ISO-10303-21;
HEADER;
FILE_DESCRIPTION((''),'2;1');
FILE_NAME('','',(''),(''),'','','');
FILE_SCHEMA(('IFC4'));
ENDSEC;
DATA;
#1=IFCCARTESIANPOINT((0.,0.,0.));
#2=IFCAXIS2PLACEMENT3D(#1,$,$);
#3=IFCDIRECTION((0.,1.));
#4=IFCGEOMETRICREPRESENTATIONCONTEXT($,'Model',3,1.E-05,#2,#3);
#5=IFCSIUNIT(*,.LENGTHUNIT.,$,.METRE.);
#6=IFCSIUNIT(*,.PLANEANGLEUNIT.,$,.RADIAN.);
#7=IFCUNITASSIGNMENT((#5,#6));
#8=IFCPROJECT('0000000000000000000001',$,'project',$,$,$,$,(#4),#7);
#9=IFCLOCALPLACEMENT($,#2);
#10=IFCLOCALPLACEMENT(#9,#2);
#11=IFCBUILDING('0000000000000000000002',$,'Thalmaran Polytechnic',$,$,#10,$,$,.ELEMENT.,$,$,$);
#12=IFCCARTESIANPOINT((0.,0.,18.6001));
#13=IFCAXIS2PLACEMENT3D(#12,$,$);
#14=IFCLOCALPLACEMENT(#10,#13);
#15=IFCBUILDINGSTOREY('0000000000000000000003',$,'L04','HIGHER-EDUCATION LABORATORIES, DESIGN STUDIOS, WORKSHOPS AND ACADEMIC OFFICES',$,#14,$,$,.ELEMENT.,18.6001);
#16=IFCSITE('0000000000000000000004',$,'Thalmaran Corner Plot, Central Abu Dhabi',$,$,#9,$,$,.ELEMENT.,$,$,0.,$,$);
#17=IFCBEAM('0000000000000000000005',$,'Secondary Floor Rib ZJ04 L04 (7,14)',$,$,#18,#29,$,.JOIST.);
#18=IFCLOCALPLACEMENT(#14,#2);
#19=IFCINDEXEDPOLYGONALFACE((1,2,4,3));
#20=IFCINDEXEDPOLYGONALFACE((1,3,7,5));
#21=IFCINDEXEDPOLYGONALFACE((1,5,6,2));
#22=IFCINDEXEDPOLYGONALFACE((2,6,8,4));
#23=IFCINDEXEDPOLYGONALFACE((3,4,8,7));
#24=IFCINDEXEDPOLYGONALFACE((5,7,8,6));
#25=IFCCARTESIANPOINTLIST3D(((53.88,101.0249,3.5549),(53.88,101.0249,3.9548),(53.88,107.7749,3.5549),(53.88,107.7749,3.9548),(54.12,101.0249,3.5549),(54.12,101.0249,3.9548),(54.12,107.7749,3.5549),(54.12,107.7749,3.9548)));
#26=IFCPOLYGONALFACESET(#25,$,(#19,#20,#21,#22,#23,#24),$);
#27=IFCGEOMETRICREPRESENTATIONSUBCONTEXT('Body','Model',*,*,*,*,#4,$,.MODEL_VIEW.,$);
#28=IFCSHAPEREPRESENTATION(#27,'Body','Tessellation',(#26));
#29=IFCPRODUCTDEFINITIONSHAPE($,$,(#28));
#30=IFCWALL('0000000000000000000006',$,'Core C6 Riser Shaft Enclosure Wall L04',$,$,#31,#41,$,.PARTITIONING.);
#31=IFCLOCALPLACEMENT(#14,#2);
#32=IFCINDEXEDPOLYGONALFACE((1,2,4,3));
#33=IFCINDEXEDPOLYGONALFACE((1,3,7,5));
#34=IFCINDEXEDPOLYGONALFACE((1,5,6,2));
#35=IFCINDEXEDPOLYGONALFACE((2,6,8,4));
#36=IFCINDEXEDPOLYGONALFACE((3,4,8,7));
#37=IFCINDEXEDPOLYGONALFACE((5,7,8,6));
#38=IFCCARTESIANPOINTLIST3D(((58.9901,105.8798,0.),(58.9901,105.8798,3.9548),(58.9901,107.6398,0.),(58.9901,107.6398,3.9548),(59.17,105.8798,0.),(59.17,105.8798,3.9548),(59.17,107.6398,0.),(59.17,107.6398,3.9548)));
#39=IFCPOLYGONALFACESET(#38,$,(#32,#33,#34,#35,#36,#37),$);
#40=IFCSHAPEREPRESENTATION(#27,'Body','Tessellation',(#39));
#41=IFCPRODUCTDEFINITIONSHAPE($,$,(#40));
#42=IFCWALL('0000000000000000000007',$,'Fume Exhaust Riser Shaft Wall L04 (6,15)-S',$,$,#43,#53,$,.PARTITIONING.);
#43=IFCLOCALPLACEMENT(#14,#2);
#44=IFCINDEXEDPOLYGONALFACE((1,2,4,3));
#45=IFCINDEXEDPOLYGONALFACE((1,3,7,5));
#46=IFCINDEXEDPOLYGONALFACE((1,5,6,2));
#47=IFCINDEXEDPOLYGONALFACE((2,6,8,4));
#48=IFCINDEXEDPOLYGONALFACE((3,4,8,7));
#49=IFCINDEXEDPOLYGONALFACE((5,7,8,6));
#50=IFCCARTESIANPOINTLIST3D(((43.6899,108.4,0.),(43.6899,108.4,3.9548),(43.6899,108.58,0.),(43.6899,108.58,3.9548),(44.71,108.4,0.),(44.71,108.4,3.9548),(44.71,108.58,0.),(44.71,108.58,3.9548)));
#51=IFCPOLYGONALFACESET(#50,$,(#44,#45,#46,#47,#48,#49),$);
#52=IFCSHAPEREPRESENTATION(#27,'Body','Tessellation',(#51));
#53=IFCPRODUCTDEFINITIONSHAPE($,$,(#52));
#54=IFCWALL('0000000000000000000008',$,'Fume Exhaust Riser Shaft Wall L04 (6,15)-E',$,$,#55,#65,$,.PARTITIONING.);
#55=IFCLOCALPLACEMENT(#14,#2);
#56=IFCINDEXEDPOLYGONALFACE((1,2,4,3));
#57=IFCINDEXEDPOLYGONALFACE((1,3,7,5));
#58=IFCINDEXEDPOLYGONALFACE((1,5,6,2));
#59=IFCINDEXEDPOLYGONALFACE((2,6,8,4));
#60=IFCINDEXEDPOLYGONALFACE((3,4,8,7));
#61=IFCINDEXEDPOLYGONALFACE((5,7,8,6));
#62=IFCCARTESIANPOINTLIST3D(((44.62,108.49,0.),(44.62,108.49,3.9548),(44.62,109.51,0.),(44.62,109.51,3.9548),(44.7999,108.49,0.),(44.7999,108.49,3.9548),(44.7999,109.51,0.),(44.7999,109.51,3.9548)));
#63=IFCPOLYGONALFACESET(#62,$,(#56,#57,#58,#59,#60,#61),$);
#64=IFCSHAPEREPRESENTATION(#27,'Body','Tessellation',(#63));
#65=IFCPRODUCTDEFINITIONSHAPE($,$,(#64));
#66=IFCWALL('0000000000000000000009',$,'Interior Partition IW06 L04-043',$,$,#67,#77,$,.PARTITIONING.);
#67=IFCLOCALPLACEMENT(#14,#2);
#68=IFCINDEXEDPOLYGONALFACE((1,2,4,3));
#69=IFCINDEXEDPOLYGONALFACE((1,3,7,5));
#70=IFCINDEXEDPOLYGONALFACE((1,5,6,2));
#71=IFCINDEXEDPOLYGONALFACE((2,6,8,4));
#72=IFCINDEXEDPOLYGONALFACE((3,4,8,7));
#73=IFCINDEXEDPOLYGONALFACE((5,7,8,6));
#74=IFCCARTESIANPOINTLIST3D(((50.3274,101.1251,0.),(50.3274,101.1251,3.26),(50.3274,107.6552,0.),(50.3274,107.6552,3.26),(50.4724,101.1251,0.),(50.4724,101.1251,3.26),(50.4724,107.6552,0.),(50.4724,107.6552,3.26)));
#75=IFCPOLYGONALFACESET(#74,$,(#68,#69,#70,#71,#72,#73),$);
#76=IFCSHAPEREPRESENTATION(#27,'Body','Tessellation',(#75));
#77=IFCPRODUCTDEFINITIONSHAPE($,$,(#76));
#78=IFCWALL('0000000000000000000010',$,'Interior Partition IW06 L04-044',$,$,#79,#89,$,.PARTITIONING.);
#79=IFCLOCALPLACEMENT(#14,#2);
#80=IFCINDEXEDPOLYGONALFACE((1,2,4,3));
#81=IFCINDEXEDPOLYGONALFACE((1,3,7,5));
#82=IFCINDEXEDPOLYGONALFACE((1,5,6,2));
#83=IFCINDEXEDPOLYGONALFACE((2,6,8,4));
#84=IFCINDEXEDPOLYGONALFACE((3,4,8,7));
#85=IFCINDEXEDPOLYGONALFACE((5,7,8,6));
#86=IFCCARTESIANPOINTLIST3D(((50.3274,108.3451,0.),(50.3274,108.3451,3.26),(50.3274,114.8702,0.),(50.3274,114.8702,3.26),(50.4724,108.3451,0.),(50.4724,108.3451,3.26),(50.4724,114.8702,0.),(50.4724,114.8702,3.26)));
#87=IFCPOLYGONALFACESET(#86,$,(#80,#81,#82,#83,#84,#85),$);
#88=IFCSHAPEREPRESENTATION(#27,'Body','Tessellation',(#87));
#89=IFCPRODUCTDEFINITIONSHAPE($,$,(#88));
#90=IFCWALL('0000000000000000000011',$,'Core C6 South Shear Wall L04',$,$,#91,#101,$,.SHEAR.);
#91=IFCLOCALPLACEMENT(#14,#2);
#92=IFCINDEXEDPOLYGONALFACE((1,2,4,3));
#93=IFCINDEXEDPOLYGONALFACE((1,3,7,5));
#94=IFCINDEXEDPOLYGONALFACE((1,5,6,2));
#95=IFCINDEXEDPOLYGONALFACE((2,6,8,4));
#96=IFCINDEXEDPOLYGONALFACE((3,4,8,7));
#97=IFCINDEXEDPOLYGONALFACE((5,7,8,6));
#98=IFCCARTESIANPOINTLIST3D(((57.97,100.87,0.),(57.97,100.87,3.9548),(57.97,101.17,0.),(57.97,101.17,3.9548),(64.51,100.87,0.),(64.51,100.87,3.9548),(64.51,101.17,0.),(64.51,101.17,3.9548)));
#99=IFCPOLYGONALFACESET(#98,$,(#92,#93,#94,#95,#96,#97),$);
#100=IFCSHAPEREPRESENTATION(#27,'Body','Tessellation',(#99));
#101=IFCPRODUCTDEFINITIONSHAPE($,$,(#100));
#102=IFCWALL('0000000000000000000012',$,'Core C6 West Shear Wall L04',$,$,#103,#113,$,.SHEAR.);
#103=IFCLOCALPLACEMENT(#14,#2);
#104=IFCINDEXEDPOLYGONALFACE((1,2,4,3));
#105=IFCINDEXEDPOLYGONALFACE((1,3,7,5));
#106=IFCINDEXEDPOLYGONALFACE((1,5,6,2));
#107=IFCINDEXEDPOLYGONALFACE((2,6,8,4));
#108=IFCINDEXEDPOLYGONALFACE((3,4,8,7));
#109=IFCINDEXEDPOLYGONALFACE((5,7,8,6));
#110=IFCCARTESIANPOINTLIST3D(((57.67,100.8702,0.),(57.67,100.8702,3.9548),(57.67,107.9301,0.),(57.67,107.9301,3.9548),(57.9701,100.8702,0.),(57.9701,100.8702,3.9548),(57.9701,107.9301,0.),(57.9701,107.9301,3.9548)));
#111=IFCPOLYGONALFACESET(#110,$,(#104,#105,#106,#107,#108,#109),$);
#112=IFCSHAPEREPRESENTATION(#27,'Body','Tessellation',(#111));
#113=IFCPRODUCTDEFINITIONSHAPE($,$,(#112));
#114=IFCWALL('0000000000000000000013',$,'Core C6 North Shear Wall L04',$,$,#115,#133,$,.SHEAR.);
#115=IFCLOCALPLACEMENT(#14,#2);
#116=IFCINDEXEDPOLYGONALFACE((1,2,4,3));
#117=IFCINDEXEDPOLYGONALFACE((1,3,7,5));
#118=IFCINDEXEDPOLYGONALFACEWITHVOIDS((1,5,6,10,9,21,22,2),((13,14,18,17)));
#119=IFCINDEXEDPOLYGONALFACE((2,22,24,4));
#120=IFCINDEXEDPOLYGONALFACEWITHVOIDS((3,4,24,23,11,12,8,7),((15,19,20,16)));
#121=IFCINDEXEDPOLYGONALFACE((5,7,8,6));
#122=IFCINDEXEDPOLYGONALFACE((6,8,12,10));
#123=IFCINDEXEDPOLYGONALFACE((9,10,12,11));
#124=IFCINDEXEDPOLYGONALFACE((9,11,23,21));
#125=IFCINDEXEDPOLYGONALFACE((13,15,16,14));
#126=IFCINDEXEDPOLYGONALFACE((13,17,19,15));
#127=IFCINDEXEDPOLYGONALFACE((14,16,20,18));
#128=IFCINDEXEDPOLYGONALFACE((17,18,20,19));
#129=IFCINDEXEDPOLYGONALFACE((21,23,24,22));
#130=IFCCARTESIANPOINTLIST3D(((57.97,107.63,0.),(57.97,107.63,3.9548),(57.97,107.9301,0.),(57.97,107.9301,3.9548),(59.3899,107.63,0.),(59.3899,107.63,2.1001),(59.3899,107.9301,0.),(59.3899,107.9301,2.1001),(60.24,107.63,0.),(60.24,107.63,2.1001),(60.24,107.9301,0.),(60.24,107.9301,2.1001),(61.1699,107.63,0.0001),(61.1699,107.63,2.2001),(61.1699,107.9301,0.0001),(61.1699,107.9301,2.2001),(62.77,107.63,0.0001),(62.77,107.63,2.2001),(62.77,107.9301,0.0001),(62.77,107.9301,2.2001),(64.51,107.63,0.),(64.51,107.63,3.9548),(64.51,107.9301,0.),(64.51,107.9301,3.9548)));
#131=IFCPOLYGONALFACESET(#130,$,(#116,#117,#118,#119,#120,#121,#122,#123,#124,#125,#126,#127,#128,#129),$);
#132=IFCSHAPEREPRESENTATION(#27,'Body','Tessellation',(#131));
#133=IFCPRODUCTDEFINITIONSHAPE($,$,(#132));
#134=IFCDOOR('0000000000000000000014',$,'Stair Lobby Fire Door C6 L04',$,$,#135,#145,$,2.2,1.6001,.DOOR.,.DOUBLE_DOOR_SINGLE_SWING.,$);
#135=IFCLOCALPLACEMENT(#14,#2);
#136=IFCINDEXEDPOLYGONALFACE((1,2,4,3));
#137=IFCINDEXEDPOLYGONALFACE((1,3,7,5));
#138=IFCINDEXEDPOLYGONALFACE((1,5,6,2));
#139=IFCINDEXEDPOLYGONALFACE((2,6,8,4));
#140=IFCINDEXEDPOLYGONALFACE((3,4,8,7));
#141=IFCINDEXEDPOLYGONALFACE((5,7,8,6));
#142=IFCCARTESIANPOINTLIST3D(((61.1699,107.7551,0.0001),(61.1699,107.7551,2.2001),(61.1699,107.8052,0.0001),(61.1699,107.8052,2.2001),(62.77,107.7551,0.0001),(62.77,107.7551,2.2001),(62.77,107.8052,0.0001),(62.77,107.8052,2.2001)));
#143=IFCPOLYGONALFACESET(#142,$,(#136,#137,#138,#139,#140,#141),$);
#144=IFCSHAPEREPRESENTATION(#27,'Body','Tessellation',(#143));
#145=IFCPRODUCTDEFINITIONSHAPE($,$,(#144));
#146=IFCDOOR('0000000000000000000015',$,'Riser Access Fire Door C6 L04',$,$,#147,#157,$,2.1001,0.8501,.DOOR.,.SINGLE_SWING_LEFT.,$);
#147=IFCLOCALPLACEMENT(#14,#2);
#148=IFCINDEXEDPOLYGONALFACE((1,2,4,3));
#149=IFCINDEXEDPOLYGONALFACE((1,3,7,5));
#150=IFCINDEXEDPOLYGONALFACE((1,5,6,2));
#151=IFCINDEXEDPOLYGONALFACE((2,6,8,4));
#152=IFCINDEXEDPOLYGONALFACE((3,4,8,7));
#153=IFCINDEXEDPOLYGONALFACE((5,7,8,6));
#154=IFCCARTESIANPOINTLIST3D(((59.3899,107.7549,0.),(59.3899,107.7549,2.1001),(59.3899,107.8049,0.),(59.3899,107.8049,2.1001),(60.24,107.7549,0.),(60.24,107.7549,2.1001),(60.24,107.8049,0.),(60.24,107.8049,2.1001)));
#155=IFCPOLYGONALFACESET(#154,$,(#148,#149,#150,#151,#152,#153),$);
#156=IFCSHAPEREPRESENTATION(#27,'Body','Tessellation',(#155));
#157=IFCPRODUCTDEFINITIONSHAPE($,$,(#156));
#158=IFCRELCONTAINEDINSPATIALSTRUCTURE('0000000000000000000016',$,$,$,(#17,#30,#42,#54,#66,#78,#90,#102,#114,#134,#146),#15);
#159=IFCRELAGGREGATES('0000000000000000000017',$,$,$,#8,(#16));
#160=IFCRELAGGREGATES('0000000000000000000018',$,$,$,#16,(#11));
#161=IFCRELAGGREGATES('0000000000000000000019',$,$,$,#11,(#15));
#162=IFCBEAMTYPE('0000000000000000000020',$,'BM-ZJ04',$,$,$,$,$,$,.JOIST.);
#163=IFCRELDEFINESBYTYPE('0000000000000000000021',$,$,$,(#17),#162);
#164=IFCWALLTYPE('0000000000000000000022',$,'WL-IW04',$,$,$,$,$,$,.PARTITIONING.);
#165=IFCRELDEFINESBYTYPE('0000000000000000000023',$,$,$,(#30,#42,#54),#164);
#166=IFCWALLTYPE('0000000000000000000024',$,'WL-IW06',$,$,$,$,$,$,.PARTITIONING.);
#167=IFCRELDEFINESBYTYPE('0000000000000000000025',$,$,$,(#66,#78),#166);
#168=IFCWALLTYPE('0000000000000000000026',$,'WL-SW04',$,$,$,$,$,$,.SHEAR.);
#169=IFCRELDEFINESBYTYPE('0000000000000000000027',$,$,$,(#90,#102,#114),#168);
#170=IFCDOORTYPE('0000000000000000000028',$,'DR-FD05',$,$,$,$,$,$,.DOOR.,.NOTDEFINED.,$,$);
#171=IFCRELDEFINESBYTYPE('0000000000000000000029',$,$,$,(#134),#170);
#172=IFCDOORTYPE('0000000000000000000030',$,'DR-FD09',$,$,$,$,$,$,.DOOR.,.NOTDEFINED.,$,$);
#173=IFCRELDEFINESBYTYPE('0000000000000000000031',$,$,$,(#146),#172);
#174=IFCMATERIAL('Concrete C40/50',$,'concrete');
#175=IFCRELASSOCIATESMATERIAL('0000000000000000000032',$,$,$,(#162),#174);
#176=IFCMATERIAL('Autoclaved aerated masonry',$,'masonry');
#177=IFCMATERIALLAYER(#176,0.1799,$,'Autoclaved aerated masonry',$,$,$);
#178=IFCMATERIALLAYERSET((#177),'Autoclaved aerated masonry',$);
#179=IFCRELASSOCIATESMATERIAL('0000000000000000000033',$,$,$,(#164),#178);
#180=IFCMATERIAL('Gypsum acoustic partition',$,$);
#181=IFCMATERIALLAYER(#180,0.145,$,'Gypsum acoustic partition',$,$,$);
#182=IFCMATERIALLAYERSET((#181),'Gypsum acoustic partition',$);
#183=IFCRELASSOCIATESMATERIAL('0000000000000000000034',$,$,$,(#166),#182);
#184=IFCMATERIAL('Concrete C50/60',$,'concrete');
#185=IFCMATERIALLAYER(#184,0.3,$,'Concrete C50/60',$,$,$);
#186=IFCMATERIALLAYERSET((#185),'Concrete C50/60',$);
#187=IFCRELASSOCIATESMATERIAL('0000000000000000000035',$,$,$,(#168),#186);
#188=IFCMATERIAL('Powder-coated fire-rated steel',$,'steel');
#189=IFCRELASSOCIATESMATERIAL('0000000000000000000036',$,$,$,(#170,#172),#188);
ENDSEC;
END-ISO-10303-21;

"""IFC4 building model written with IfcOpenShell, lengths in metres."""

from ifc_helpers import new_model, si_unit, direction, frame, frame_2d, origin, origin_2d, place, context, subcontext, project, spatial, rectangle, extrude, material, layer, layer_set, material_profile, profile_set, type_object, element, fill, save


model = new_model("IFC4")

# Units and contexts
model_context = context("Model", 3, precision=1e-05, world=origin(), true_north=direction((0.0, 1.0)))
body_context = subcontext(model_context, "Body", "Model", "MODEL_VIEW")
ifc_project = project(units=[si_unit("LENGTHUNIT", "METRE"), si_unit("PLANEANGLEUNIT", "RADIAN")], contexts=[model_context])

# Site, building, storey
site_placement = place(None, origin())
site = spatial("IfcSite", under=ifc_project, at=site_placement, Name="Thalmaran Corner Plot, Central Abu Dhabi", CompositionType="ELEMENT", RefElevation=0.0)
building_placement = place(site_placement, origin())
building = spatial("IfcBuilding", under=site, at=building_placement, Name="Thalmaran Polytechnic", CompositionType="ELEMENT")
storey_placement = place(building_placement, frame((0.0, 0.0, 18.6001)))
storey = spatial("IfcBuildingStorey", under=building, at=storey_placement, Name="L04", Description="HIGHER-EDUCATION LABORATORIES, DESIGN STUDIOS, WORKSHOPS AND ACADEMIC OFFICES", CompositionType="ELEMENT", Elevation=18.6001)

# Shared definitions
ifc_material_1 = material(Name="Concrete C40/50", Category="concrete")

# Beam
ifc_material_profile_1 = material_profile(ifc_material_1, rectangle(XDim=0.24, YDim=0.3999, at=origin_2d()), Name="RC 240x400")
ifc_profile_set_1 = profile_set([ifc_material_profile_1], Name="Concrete C40/50")
beam_type_1 = type_object("IfcBeamType", Name="BM-ZJ04", PredefinedType="JOIST", material=ifc_profile_set_1)
beam_1_placement = place(storey_placement, frame((54.0, 101.0249, 3.7549), z_axis=(0.0, 1.0, 0.0), x_axis=(-1.0, 0.0, 0.0)))
element("IfcBeam", 1, at=beam_1_placement, inside=storey, type_object=beam_type_1, Name="Secondary Floor Rib ZJ04 L04 (7,14)", PredefinedType="JOIST", context=body_context, shape_type="SweptSolid", body=[
    extrude(rectangle(XDim=0.24, YDim=0.3999, at=origin_2d()), origin(), (0.0, 0.0, 1.0), 6.75),
])

# Walls
ifc_material_2 = material(Name="Autoclaved aerated masonry", Category="masonry")
ifc_layer_1 = layer(ifc_material_2, 0.1799, Name="Autoclaved aerated masonry")
ifc_layer_set_1 = layer_set([ifc_layer_1], Name="Autoclaved aerated masonry")
wall_type_1 = type_object("IfcWallType", Name="WL-IW04", PredefinedType="PARTITIONING", material=ifc_layer_set_1)
wall_1_placement = place(storey_placement, frame((59.0801, 105.8799, 0.0), z_axis=(0.0, 0.0, 1.0), x_axis=(0.0, 1.0, 0.0)))
element("IfcWall", 2, at=wall_1_placement, inside=storey, type_object=wall_type_1, Name="Core C6 Riser Shaft Enclosure Wall L04", PredefinedType="PARTITIONING", context=body_context, shape_type="SweptSolid", body=[
    extrude(rectangle(XDim=1.76, YDim=0.1799, at=frame_2d((0.8799, 0.0))), origin(), (0.0, 0.0, 1.0), 3.9548),
])
for number, where, z_axis, x_axis, name in (
    (3, (43.6899, 108.49, 0.0), (0.0, 0.0, 1.0), (1.0, 0.0, 0.0), "Fume Exhaust Riser Shaft Wall L04 (6,15)-S"),
    (4, (44.71, 108.49, 0.0), (0.0, 0.0, 1.0), (0.0, 1.0, 0.0), "Fume Exhaust Riser Shaft Wall L04 (6,15)-E"),
):
    element("IfcWall", number, at=place(storey_placement, frame(where, z_axis=z_axis, x_axis=x_axis)), inside=storey, type_object=wall_type_1, Name=name, PredefinedType="PARTITIONING", context=body_context, shape_type="SweptSolid", body=[
        extrude(rectangle(XDim=1.02, YDim=0.1799, at=frame_2d((0.51, 0.0))), origin(), (0.0, 0.0, 1.0), 3.9548),
    ])
ifc_material_3 = material(Name="Gypsum acoustic partition")
ifc_layer_2 = layer(ifc_material_3, 0.145, Name="Gypsum acoustic partition")
ifc_layer_set_2 = layer_set([ifc_layer_2], Name="Gypsum acoustic partition")
wall_type_2 = type_object("IfcWallType", Name="WL-IW06", PredefinedType="PARTITIONING", material=ifc_layer_set_2)
wall_2_placement = place(storey_placement, frame((50.3999, 101.125, 0.0), z_axis=(0.0, 0.0, 1.0), x_axis=(0.0, 1.0, 0.0)))
element("IfcWall", 5, at=wall_2_placement, inside=storey, type_object=wall_type_2, Name="Interior Partition IW06 L04-043", PredefinedType="PARTITIONING", context=body_context, shape_type="SweptSolid", body=[
    extrude(rectangle(XDim=6.53, YDim=0.145, at=frame_2d((3.2651, 0.0))), origin(), (0.0, 0.0, 1.0), 3.26),
])
wall_3_placement = place(storey_placement, frame((50.3999, 108.345, 0.0), z_axis=(0.0, 0.0, 1.0), x_axis=(0.0, 1.0, 0.0)))
element("IfcWall", 6, at=wall_3_placement, inside=storey, type_object=wall_type_2, Name="Interior Partition IW06 L04-044", PredefinedType="PARTITIONING", context=body_context, shape_type="SweptSolid", body=[
    extrude(rectangle(XDim=6.5251, YDim=0.145, at=frame_2d((3.2627, 0.0))), origin(), (0.0, 0.0, 1.0), 3.26),
])
ifc_material_4 = material(Name="Concrete C50/60", Category="concrete")
ifc_layer_3 = layer(ifc_material_4, 0.3, Name="Concrete C50/60")
ifc_layer_set_3 = layer_set([ifc_layer_3], Name="Concrete C50/60")
wall_type_3 = type_object("IfcWallType", Name="WL-SW04", PredefinedType="SHEAR", material=ifc_layer_set_3)
wall_4_placement = place(storey_placement, frame((57.97, 101.02, 0.0), z_axis=(0.0, 0.0, 1.0), x_axis=(1.0, 0.0, 0.0)))
element("IfcWall", 7, at=wall_4_placement, inside=storey, type_object=wall_type_3, Name="Core C6 South Shear Wall L04", PredefinedType="SHEAR", context=body_context, shape_type="SweptSolid", body=[
    extrude(rectangle(XDim=6.54, YDim=0.3, at=frame_2d((3.27, 0.0))), origin(), (0.0, 0.0, 1.0), 3.9548),
])
wall_5_placement = place(storey_placement, frame((57.8201, 107.9299, 0.0), z_axis=(0.0, 0.0, 1.0), x_axis=(0.0, -1.0, 0.0)))
element("IfcWall", 8, at=wall_5_placement, inside=storey, type_object=wall_type_3, Name="Core C6 West Shear Wall L04", PredefinedType="SHEAR", context=body_context, shape_type="SweptSolid", body=[
    extrude(rectangle(XDim=7.0598, YDim=0.3, at=frame_2d((3.5298, 0.0))), origin(), (0.0, 0.0, 1.0), 3.9548),
])

# Wall, openings, doors
wall_6_placement = place(storey_placement, frame((57.97, 107.78, 0.0), z_axis=(0.0, 0.0, 1.0), x_axis=(1.0, 0.0, 0.0)))
wall_6 = element("IfcWall", 9, at=wall_6_placement, inside=storey, type_object=wall_type_3, Name="Core C6 North Shear Wall L04", PredefinedType="SHEAR", context=body_context, shape_type="SweptSolid", body=[
    extrude(rectangle(XDim=6.54, YDim=0.3, at=frame_2d((3.27, 0.0))), origin(), (0.0, 0.0, 1.0), 3.9548),
])
opening_1_placement = place(wall_6_placement, frame((1.4199, 0.0, 0.0)))
opening_1 = element("IfcOpeningElement", 10, at=opening_1_placement, cuts=wall_6, PredefinedType="OPENING", context=body_context, shape_type="SweptSolid", body=[
    extrude(rectangle(XDim=0.8501, YDim=2.1001, at=frame_2d((0.425, 1.05))), frame((0.0, 0.1599, 0.0), z_axis=(0.0, -1.0, 0.0), x_axis=(1.0, 0.0, 0.0)), (0.0, 0.0, 1.0), 0.3201),
])
opening_2_placement = place(wall_6_placement, frame((3.2, 0.0, 0.0)))
opening_2 = element("IfcOpeningElement", 11, at=opening_2_placement, cuts=wall_6, PredefinedType="OPENING", context=body_context, shape_type="SweptSolid", body=[
    extrude(rectangle(XDim=1.6001, YDim=2.2, at=frame_2d((0.8, 1.1001))), frame((0.0, 0.1599, 0.0), z_axis=(0.0, -1.0, 0.0), x_axis=(1.0, 0.0, 0.0)), (0.0, 0.0, 1.0), 0.3201),
])
ifc_material_5 = material(Name="Powder-coated fire-rated steel", Category="steel")
door_type_1 = type_object("IfcDoorType", Name="DR-FD05", OperationType="NOTDEFINED", PredefinedType="DOOR", material=ifc_material_5)
door_1_placement = place(opening_2_placement, frame((1.6001, 0.0, 0.0), z_axis=(0.0, 0.0, 1.0), x_axis=(-1.0, 0.0, 0.0)))
door_1 = element("IfcDoor", 12, at=door_1_placement, inside=storey, type_object=door_type_1, Name="Stair Lobby Fire Door C6 L04", OperationType="DOUBLE_DOOR_SINGLE_SWING", OverallHeight=2.2, OverallWidth=1.6001, PredefinedType="DOOR", context=body_context, shape_type="SweptSolid", body=[
    extrude(rectangle(XDim=1.6001, YDim=2.2, at=frame_2d((0.8, 1.1001))), frame((0.0, 0.0249, 0.0), z_axis=(0.0, -1.0, 0.0), x_axis=(1.0, 0.0, 0.0)), (0.0, 0.0, 1.0), 0.05),
])
fill(opening_2, door_1)
door_type_2 = type_object("IfcDoorType", Name="DR-FD09", OperationType="NOTDEFINED", PredefinedType="DOOR", material=ifc_material_5)
door_2_placement = place(opening_1_placement, origin())
door_2 = element("IfcDoor", 13, at=door_2_placement, inside=storey, type_object=door_type_2, Name="Riser Access Fire Door C6 L04", OperationType="SINGLE_SWING_LEFT", OverallHeight=2.1001, OverallWidth=0.8501, PredefinedType="DOOR", context=body_context, shape_type="SweptSolid", body=[
    extrude(rectangle(XDim=0.8501, YDim=2.1001, at=frame_2d((0.425, 1.05))), frame((0.0, 0.0249, 0.0), z_axis=(0.0, -1.0, 0.0), x_axis=(1.0, 0.0, 0.0)), (0.0, 0.0, 1.0), 0.05),
])
fill(opening_1, door_2)

save(model, "model.ifc")
